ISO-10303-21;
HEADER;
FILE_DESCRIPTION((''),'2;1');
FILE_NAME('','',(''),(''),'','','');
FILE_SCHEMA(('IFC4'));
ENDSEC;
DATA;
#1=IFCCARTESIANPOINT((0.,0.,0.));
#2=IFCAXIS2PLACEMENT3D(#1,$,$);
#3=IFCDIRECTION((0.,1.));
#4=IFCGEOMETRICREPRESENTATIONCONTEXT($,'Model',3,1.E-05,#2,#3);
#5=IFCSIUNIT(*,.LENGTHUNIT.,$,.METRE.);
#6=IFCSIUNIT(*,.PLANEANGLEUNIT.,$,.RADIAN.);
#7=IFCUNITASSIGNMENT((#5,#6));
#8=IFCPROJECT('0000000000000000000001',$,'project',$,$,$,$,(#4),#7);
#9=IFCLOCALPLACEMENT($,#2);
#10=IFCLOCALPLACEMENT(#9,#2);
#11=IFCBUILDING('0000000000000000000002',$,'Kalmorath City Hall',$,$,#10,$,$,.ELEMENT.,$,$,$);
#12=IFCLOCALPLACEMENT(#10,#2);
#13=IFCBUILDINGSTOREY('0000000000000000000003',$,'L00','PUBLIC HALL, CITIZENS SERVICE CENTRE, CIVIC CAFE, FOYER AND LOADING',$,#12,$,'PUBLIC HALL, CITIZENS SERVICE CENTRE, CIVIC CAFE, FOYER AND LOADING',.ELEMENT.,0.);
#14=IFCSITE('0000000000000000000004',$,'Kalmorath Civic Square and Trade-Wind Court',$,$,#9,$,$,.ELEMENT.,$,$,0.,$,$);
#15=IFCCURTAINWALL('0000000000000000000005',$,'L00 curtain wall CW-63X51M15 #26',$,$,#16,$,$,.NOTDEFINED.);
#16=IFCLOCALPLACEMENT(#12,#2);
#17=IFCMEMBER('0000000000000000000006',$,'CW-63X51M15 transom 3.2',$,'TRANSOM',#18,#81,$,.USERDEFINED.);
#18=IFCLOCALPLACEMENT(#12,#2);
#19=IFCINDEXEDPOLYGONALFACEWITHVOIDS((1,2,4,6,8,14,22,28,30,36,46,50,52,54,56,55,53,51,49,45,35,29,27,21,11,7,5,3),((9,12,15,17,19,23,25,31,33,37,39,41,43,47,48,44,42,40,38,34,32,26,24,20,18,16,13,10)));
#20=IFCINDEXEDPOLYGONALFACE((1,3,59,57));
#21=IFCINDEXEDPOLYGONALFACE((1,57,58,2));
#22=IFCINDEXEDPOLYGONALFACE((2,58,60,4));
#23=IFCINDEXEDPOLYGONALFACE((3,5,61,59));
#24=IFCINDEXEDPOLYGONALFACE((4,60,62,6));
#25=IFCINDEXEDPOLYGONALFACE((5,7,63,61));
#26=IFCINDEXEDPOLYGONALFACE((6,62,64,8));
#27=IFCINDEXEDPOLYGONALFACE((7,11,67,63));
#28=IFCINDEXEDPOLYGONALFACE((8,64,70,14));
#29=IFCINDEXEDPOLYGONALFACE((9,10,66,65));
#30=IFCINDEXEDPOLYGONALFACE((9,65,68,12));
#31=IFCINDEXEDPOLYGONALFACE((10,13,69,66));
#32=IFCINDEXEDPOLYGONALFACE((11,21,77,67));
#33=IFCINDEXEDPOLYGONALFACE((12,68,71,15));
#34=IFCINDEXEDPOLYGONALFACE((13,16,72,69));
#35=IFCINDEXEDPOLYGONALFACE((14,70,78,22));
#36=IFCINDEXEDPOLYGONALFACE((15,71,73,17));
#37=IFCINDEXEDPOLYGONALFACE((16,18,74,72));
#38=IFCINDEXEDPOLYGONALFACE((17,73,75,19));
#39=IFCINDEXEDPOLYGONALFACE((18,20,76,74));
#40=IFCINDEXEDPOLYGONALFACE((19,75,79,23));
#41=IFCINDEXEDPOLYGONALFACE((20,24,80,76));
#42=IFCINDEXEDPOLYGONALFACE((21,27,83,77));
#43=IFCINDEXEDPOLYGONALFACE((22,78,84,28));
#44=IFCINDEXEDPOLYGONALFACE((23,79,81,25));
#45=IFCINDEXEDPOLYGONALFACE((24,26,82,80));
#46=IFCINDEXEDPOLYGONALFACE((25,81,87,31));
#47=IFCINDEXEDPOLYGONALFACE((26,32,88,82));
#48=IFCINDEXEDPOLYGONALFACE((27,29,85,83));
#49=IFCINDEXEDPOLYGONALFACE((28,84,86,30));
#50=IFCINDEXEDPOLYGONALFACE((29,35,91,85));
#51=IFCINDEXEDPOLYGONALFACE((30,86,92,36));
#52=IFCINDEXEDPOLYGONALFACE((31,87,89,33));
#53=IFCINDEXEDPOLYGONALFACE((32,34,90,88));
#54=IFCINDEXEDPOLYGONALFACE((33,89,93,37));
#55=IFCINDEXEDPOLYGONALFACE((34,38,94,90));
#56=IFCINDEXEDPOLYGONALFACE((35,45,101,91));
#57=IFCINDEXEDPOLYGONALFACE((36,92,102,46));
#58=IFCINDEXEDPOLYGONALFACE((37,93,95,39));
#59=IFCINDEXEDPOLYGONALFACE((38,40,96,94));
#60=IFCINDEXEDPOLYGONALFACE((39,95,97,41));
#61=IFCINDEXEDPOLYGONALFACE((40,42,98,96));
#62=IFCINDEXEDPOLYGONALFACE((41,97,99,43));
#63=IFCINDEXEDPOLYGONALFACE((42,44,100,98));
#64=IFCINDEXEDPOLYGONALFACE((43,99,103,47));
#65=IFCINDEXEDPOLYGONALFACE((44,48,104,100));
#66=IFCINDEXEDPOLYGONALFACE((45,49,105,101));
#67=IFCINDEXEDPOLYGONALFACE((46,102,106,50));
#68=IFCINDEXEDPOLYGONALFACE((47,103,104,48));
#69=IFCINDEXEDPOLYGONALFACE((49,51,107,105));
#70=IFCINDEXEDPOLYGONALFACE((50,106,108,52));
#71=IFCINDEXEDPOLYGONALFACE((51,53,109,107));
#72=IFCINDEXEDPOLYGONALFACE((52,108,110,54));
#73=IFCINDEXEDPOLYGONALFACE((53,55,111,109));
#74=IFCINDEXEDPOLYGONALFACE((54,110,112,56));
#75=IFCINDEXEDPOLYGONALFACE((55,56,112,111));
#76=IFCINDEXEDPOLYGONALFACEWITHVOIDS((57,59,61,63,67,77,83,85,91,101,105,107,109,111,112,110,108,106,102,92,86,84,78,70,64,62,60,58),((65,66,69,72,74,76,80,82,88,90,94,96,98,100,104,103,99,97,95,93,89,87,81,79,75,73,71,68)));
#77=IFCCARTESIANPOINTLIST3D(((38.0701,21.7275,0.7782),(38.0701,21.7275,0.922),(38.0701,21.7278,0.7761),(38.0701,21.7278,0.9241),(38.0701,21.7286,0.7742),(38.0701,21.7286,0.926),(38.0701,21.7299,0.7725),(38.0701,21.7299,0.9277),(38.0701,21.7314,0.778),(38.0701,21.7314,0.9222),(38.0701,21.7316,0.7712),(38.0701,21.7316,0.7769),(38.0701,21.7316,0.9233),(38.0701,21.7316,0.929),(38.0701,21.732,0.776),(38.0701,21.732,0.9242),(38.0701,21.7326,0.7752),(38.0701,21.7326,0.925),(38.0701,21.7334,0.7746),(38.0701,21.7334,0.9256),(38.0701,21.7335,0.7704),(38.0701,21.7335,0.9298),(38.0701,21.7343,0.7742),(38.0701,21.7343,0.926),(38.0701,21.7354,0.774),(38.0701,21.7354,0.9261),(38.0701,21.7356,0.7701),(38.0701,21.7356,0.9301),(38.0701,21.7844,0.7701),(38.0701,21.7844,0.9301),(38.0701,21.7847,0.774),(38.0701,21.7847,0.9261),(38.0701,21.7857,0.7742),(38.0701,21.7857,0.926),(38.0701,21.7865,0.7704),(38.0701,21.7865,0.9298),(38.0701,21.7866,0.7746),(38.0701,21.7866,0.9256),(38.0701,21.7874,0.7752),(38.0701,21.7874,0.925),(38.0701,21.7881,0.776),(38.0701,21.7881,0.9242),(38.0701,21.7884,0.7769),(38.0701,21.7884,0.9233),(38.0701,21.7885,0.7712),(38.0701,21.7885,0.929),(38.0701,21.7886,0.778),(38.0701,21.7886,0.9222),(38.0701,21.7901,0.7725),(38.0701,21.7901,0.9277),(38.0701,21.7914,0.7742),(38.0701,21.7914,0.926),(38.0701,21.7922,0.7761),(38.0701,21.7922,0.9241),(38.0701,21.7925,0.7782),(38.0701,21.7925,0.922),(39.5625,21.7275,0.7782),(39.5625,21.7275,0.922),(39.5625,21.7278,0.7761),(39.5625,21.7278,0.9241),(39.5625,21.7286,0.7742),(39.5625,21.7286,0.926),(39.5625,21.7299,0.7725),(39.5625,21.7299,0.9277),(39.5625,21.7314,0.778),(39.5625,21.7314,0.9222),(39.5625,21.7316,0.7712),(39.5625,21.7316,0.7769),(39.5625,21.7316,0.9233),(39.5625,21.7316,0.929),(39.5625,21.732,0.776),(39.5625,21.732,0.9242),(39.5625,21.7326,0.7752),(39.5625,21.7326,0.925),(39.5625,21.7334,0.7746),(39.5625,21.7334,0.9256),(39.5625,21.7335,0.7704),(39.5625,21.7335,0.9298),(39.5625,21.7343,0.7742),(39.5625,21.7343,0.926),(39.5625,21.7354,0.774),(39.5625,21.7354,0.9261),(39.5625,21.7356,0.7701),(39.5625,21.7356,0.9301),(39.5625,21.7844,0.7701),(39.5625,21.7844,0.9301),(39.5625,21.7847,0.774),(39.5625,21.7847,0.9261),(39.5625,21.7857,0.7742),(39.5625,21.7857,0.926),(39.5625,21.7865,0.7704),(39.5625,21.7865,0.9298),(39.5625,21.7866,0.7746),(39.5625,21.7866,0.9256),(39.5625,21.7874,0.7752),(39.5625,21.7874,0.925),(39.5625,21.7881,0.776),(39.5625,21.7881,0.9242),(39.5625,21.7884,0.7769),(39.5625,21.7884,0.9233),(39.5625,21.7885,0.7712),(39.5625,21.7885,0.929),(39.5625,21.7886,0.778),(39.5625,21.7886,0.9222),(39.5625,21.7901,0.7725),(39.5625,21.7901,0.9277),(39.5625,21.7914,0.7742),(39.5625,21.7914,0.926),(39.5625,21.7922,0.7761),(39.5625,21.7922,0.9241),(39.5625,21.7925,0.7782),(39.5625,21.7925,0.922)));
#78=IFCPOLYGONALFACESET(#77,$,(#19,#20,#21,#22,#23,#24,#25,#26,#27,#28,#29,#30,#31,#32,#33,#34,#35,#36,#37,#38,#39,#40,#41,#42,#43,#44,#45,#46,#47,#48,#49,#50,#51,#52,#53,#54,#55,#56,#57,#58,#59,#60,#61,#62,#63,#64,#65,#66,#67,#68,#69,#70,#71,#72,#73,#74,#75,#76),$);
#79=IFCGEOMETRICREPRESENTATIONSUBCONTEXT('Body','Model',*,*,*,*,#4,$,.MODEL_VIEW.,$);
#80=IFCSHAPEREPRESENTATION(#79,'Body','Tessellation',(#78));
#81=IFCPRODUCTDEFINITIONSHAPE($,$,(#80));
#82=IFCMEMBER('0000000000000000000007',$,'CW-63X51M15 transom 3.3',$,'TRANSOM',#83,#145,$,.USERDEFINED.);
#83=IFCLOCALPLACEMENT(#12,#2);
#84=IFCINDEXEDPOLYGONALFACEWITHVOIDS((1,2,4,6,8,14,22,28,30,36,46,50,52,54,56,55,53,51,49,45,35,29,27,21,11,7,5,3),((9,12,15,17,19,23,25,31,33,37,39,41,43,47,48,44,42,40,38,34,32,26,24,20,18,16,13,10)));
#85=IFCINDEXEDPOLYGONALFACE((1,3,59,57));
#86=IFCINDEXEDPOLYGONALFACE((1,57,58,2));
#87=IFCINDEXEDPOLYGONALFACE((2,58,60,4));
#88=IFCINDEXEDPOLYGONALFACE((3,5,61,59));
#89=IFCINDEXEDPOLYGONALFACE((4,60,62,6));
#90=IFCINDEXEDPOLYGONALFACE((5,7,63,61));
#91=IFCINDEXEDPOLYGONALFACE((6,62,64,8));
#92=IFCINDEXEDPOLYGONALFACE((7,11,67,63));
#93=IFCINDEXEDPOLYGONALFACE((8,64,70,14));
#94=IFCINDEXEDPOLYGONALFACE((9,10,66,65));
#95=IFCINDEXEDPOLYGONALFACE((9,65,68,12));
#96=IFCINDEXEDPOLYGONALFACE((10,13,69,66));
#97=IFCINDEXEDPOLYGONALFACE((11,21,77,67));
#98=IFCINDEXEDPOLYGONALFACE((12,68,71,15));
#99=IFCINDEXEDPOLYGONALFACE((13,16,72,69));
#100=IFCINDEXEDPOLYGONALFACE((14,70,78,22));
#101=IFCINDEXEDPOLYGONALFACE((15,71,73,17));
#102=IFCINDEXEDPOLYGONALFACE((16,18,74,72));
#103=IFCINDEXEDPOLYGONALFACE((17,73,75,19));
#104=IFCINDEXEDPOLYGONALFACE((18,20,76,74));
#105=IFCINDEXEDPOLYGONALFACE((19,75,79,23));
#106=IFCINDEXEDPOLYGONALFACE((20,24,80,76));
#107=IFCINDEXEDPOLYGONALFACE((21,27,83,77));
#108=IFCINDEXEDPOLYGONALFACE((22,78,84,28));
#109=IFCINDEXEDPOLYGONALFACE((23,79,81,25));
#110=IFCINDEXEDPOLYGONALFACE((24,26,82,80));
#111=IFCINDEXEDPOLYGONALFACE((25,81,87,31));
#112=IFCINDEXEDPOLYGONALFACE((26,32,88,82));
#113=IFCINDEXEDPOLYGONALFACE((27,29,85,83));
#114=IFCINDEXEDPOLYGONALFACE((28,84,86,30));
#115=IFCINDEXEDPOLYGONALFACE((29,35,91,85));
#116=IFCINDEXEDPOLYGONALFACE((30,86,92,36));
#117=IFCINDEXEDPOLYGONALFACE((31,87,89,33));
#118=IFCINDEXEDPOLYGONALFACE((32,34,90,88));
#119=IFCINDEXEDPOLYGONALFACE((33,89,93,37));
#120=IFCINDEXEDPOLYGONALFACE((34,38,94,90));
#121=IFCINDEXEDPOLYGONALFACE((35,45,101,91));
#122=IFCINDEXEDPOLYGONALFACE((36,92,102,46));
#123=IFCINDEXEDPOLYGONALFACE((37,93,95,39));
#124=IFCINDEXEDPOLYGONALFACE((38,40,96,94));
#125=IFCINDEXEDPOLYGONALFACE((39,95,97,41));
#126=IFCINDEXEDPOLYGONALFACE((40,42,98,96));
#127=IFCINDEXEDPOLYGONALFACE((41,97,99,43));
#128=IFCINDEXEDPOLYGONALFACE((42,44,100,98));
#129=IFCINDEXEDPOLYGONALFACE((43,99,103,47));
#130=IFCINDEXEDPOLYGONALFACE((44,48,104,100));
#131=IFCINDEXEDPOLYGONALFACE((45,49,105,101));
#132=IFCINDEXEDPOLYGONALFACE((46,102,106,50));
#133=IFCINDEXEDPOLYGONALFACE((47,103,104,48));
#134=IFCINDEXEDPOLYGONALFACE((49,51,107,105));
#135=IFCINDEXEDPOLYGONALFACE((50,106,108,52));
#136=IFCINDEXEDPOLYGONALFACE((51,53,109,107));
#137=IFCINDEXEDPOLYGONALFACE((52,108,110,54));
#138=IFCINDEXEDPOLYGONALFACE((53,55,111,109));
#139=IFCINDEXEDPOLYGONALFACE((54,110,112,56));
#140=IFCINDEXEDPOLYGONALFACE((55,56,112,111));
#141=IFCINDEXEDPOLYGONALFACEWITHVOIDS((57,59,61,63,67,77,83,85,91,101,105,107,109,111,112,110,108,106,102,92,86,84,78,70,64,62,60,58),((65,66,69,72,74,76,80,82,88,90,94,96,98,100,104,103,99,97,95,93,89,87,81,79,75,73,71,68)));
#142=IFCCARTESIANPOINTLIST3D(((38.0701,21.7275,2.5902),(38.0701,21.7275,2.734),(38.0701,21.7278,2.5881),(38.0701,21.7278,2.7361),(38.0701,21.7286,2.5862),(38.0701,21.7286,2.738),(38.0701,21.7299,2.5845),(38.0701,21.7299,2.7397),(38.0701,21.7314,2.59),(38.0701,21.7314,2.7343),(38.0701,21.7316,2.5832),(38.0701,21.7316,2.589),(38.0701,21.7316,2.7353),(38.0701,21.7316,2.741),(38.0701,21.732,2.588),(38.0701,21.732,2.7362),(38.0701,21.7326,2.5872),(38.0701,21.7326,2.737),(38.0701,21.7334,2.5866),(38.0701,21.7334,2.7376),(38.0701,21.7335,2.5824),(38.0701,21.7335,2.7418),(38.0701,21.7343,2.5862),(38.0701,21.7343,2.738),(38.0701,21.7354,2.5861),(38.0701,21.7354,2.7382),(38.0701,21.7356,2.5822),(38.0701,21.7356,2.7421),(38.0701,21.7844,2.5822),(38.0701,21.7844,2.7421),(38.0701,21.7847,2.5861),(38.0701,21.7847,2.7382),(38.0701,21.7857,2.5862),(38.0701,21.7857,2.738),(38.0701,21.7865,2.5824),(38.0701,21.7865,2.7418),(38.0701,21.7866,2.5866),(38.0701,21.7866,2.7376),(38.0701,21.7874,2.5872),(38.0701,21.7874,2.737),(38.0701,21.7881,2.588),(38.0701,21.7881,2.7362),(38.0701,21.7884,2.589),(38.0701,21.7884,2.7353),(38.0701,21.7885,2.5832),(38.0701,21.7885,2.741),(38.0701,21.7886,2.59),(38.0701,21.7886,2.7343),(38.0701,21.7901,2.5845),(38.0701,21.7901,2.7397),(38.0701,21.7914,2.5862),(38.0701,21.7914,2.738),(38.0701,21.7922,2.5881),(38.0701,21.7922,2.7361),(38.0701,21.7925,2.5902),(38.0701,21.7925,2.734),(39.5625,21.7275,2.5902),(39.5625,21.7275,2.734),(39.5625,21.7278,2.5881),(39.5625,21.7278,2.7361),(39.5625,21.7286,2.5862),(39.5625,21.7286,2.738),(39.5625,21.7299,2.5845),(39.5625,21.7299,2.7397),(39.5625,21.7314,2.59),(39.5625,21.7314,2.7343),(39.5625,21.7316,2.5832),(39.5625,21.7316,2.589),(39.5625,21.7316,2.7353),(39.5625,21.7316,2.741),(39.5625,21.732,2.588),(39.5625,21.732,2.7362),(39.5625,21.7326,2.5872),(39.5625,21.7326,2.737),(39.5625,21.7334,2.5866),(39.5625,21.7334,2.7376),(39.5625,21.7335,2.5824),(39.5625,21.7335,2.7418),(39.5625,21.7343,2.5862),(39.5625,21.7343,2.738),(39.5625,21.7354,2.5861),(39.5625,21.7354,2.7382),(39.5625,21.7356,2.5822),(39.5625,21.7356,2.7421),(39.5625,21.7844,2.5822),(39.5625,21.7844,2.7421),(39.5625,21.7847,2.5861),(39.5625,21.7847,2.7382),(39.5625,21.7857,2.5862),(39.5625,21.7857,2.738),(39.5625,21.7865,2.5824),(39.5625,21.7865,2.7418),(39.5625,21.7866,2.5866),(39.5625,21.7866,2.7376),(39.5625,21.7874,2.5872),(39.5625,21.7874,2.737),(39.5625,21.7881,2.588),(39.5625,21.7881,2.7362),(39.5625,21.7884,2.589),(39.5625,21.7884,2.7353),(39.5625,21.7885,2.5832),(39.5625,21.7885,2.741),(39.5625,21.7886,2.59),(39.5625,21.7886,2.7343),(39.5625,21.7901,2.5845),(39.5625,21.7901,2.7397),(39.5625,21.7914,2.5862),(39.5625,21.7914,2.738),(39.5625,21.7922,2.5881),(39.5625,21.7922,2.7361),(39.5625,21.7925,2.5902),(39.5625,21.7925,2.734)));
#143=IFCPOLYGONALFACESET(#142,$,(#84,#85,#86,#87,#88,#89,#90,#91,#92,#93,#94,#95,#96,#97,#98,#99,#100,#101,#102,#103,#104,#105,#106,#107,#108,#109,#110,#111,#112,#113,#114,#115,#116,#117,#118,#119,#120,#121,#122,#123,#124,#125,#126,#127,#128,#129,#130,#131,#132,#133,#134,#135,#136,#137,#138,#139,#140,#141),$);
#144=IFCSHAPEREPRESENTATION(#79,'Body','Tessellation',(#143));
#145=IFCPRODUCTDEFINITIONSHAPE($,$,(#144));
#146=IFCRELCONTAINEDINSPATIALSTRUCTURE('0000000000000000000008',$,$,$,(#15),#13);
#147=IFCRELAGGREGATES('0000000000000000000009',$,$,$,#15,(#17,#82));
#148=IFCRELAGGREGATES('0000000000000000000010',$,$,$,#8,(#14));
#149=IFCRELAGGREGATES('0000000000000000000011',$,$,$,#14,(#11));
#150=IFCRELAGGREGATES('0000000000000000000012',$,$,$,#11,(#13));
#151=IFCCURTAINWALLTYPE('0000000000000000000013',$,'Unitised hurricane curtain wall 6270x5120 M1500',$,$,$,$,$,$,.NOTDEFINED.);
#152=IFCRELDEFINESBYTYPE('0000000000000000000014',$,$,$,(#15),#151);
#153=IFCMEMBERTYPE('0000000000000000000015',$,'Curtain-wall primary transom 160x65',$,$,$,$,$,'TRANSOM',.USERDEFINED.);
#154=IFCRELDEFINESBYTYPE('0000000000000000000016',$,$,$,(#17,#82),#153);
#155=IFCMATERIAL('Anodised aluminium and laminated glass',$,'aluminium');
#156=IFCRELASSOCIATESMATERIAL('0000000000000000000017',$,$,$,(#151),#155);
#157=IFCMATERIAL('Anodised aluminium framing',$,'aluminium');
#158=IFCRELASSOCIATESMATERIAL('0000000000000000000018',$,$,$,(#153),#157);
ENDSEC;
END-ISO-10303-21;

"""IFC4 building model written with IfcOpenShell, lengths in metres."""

from ifc_helpers import new_model, si_unit, direction, frame, origin, origin_2d, place, context, subcontext, project, spatial, hollow_rectangle, extrude, material, material_profile, profile_set, type_object, element, aggregate, save


model = new_model("IFC4")

# Units and contexts
model_context = context("Model", 3, precision=1e-05, world=origin(), true_north=direction((0.0, 1.0)))
body_context = subcontext(model_context, "Body", "Model", "MODEL_VIEW")
ifc_project = project(units=[si_unit("LENGTHUNIT", "METRE"), si_unit("PLANEANGLEUNIT", "RADIAN")], contexts=[model_context])

# Site, building, storey
site_placement = place(None, origin())
site = spatial("IfcSite", under=ifc_project, at=site_placement, Name="Kalmorath Civic Square and Trade-Wind Court", CompositionType="ELEMENT", RefElevation=0.0)
building_placement = place(site_placement, origin())
building = spatial("IfcBuilding", under=site, at=building_placement, Name="Kalmorath City Hall", CompositionType="ELEMENT")
storey_placement = place(building_placement, origin())
storey = spatial("IfcBuildingStorey", under=building, at=storey_placement, Name="L00", Description="PUBLIC HALL, CITIZENS SERVICE CENTRE, CIVIC CAFE, FOYER AND LOADING", LongName="PUBLIC HALL, CITIZENS SERVICE CENTRE, CIVIC CAFE, FOYER AND LOADING", CompositionType="ELEMENT", Elevation=0.0)

# Curtain wall, members
ifc_material_1 = material(Name="Anodised aluminium and laminated glass", Category="aluminium")
curtain_wall_type = type_object("IfcCurtainWallType", Name="Unitised hurricane curtain wall 6270x5120 M1500", PredefinedType="NOTDEFINED", material=ifc_material_1)
curtain_wall_placement = place(storey_placement, origin())
curtain_wall = element("IfcCurtainWall", 1, at=curtain_wall_placement, inside=storey, type_object=curtain_wall_type, Name="L00 curtain wall CW-63X51M15 #26", PredefinedType="NOTDEFINED")
ifc_material_2 = material(Name="Anodised aluminium framing", Category="aluminium")
ifc_material_profile_1 = material_profile(ifc_material_2, hollow_rectangle(XDim=0.0649, YDim=0.1599, WallThickness=0.0039, InnerFilletRadius=0.0039, OuterFilletRadius=0.0081, at=origin_2d()), Name="ALU-TRN-160X65X4")
ifc_profile_set_1 = profile_set([ifc_material_profile_1], Name="Anodised aluminium framing")
member_type_1 = type_object("IfcMemberType", Name="Curtain-wall primary transom 160x65", ElementType="TRANSOM", PredefinedType="USERDEFINED", material=ifc_profile_set_1)
member_1_placement = place(storey_placement, frame((39.5625, 21.76, 0.8501), z_axis=(-1.0, 0.0, 0.0), x_axis=(0.0, -1.0, 0.0)))
member_1 = element("IfcMember", 2, at=member_1_placement, type_object=member_type_1, Name="CW-63X51M15 transom 3.2", ObjectType="TRANSOM", PredefinedType="USERDEFINED", context=body_context, shape_type="SweptSolid", body=[
    extrude(hollow_rectangle(XDim=0.0649, YDim=0.1599, WallThickness=0.0039, InnerFilletRadius=0.0039, OuterFilletRadius=0.0081, at=origin_2d()), origin(), (0.0, 0.0, 1.0), 1.4924),
])
member_2_placement = place(storey_placement, frame((39.5625, 21.76, 2.6621), z_axis=(-1.0, 0.0, 0.0), x_axis=(0.0, -1.0, 0.0)))
member_2 = element("IfcMember", 3, at=member_2_placement, type_object=member_type_1, Name="CW-63X51M15 transom 3.3", ObjectType="TRANSOM", PredefinedType="USERDEFINED", context=body_context, shape_type="SweptSolid", body=[
    extrude(hollow_rectangle(XDim=0.0649, YDim=0.1599, WallThickness=0.0039, InnerFilletRadius=0.0039, OuterFilletRadius=0.0081, at=origin_2d()), origin(), (0.0, 0.0, 1.0), 1.4924),
])

aggregate(curtain_wall, [member_1, member_2])

save(model, "model.ifc")
